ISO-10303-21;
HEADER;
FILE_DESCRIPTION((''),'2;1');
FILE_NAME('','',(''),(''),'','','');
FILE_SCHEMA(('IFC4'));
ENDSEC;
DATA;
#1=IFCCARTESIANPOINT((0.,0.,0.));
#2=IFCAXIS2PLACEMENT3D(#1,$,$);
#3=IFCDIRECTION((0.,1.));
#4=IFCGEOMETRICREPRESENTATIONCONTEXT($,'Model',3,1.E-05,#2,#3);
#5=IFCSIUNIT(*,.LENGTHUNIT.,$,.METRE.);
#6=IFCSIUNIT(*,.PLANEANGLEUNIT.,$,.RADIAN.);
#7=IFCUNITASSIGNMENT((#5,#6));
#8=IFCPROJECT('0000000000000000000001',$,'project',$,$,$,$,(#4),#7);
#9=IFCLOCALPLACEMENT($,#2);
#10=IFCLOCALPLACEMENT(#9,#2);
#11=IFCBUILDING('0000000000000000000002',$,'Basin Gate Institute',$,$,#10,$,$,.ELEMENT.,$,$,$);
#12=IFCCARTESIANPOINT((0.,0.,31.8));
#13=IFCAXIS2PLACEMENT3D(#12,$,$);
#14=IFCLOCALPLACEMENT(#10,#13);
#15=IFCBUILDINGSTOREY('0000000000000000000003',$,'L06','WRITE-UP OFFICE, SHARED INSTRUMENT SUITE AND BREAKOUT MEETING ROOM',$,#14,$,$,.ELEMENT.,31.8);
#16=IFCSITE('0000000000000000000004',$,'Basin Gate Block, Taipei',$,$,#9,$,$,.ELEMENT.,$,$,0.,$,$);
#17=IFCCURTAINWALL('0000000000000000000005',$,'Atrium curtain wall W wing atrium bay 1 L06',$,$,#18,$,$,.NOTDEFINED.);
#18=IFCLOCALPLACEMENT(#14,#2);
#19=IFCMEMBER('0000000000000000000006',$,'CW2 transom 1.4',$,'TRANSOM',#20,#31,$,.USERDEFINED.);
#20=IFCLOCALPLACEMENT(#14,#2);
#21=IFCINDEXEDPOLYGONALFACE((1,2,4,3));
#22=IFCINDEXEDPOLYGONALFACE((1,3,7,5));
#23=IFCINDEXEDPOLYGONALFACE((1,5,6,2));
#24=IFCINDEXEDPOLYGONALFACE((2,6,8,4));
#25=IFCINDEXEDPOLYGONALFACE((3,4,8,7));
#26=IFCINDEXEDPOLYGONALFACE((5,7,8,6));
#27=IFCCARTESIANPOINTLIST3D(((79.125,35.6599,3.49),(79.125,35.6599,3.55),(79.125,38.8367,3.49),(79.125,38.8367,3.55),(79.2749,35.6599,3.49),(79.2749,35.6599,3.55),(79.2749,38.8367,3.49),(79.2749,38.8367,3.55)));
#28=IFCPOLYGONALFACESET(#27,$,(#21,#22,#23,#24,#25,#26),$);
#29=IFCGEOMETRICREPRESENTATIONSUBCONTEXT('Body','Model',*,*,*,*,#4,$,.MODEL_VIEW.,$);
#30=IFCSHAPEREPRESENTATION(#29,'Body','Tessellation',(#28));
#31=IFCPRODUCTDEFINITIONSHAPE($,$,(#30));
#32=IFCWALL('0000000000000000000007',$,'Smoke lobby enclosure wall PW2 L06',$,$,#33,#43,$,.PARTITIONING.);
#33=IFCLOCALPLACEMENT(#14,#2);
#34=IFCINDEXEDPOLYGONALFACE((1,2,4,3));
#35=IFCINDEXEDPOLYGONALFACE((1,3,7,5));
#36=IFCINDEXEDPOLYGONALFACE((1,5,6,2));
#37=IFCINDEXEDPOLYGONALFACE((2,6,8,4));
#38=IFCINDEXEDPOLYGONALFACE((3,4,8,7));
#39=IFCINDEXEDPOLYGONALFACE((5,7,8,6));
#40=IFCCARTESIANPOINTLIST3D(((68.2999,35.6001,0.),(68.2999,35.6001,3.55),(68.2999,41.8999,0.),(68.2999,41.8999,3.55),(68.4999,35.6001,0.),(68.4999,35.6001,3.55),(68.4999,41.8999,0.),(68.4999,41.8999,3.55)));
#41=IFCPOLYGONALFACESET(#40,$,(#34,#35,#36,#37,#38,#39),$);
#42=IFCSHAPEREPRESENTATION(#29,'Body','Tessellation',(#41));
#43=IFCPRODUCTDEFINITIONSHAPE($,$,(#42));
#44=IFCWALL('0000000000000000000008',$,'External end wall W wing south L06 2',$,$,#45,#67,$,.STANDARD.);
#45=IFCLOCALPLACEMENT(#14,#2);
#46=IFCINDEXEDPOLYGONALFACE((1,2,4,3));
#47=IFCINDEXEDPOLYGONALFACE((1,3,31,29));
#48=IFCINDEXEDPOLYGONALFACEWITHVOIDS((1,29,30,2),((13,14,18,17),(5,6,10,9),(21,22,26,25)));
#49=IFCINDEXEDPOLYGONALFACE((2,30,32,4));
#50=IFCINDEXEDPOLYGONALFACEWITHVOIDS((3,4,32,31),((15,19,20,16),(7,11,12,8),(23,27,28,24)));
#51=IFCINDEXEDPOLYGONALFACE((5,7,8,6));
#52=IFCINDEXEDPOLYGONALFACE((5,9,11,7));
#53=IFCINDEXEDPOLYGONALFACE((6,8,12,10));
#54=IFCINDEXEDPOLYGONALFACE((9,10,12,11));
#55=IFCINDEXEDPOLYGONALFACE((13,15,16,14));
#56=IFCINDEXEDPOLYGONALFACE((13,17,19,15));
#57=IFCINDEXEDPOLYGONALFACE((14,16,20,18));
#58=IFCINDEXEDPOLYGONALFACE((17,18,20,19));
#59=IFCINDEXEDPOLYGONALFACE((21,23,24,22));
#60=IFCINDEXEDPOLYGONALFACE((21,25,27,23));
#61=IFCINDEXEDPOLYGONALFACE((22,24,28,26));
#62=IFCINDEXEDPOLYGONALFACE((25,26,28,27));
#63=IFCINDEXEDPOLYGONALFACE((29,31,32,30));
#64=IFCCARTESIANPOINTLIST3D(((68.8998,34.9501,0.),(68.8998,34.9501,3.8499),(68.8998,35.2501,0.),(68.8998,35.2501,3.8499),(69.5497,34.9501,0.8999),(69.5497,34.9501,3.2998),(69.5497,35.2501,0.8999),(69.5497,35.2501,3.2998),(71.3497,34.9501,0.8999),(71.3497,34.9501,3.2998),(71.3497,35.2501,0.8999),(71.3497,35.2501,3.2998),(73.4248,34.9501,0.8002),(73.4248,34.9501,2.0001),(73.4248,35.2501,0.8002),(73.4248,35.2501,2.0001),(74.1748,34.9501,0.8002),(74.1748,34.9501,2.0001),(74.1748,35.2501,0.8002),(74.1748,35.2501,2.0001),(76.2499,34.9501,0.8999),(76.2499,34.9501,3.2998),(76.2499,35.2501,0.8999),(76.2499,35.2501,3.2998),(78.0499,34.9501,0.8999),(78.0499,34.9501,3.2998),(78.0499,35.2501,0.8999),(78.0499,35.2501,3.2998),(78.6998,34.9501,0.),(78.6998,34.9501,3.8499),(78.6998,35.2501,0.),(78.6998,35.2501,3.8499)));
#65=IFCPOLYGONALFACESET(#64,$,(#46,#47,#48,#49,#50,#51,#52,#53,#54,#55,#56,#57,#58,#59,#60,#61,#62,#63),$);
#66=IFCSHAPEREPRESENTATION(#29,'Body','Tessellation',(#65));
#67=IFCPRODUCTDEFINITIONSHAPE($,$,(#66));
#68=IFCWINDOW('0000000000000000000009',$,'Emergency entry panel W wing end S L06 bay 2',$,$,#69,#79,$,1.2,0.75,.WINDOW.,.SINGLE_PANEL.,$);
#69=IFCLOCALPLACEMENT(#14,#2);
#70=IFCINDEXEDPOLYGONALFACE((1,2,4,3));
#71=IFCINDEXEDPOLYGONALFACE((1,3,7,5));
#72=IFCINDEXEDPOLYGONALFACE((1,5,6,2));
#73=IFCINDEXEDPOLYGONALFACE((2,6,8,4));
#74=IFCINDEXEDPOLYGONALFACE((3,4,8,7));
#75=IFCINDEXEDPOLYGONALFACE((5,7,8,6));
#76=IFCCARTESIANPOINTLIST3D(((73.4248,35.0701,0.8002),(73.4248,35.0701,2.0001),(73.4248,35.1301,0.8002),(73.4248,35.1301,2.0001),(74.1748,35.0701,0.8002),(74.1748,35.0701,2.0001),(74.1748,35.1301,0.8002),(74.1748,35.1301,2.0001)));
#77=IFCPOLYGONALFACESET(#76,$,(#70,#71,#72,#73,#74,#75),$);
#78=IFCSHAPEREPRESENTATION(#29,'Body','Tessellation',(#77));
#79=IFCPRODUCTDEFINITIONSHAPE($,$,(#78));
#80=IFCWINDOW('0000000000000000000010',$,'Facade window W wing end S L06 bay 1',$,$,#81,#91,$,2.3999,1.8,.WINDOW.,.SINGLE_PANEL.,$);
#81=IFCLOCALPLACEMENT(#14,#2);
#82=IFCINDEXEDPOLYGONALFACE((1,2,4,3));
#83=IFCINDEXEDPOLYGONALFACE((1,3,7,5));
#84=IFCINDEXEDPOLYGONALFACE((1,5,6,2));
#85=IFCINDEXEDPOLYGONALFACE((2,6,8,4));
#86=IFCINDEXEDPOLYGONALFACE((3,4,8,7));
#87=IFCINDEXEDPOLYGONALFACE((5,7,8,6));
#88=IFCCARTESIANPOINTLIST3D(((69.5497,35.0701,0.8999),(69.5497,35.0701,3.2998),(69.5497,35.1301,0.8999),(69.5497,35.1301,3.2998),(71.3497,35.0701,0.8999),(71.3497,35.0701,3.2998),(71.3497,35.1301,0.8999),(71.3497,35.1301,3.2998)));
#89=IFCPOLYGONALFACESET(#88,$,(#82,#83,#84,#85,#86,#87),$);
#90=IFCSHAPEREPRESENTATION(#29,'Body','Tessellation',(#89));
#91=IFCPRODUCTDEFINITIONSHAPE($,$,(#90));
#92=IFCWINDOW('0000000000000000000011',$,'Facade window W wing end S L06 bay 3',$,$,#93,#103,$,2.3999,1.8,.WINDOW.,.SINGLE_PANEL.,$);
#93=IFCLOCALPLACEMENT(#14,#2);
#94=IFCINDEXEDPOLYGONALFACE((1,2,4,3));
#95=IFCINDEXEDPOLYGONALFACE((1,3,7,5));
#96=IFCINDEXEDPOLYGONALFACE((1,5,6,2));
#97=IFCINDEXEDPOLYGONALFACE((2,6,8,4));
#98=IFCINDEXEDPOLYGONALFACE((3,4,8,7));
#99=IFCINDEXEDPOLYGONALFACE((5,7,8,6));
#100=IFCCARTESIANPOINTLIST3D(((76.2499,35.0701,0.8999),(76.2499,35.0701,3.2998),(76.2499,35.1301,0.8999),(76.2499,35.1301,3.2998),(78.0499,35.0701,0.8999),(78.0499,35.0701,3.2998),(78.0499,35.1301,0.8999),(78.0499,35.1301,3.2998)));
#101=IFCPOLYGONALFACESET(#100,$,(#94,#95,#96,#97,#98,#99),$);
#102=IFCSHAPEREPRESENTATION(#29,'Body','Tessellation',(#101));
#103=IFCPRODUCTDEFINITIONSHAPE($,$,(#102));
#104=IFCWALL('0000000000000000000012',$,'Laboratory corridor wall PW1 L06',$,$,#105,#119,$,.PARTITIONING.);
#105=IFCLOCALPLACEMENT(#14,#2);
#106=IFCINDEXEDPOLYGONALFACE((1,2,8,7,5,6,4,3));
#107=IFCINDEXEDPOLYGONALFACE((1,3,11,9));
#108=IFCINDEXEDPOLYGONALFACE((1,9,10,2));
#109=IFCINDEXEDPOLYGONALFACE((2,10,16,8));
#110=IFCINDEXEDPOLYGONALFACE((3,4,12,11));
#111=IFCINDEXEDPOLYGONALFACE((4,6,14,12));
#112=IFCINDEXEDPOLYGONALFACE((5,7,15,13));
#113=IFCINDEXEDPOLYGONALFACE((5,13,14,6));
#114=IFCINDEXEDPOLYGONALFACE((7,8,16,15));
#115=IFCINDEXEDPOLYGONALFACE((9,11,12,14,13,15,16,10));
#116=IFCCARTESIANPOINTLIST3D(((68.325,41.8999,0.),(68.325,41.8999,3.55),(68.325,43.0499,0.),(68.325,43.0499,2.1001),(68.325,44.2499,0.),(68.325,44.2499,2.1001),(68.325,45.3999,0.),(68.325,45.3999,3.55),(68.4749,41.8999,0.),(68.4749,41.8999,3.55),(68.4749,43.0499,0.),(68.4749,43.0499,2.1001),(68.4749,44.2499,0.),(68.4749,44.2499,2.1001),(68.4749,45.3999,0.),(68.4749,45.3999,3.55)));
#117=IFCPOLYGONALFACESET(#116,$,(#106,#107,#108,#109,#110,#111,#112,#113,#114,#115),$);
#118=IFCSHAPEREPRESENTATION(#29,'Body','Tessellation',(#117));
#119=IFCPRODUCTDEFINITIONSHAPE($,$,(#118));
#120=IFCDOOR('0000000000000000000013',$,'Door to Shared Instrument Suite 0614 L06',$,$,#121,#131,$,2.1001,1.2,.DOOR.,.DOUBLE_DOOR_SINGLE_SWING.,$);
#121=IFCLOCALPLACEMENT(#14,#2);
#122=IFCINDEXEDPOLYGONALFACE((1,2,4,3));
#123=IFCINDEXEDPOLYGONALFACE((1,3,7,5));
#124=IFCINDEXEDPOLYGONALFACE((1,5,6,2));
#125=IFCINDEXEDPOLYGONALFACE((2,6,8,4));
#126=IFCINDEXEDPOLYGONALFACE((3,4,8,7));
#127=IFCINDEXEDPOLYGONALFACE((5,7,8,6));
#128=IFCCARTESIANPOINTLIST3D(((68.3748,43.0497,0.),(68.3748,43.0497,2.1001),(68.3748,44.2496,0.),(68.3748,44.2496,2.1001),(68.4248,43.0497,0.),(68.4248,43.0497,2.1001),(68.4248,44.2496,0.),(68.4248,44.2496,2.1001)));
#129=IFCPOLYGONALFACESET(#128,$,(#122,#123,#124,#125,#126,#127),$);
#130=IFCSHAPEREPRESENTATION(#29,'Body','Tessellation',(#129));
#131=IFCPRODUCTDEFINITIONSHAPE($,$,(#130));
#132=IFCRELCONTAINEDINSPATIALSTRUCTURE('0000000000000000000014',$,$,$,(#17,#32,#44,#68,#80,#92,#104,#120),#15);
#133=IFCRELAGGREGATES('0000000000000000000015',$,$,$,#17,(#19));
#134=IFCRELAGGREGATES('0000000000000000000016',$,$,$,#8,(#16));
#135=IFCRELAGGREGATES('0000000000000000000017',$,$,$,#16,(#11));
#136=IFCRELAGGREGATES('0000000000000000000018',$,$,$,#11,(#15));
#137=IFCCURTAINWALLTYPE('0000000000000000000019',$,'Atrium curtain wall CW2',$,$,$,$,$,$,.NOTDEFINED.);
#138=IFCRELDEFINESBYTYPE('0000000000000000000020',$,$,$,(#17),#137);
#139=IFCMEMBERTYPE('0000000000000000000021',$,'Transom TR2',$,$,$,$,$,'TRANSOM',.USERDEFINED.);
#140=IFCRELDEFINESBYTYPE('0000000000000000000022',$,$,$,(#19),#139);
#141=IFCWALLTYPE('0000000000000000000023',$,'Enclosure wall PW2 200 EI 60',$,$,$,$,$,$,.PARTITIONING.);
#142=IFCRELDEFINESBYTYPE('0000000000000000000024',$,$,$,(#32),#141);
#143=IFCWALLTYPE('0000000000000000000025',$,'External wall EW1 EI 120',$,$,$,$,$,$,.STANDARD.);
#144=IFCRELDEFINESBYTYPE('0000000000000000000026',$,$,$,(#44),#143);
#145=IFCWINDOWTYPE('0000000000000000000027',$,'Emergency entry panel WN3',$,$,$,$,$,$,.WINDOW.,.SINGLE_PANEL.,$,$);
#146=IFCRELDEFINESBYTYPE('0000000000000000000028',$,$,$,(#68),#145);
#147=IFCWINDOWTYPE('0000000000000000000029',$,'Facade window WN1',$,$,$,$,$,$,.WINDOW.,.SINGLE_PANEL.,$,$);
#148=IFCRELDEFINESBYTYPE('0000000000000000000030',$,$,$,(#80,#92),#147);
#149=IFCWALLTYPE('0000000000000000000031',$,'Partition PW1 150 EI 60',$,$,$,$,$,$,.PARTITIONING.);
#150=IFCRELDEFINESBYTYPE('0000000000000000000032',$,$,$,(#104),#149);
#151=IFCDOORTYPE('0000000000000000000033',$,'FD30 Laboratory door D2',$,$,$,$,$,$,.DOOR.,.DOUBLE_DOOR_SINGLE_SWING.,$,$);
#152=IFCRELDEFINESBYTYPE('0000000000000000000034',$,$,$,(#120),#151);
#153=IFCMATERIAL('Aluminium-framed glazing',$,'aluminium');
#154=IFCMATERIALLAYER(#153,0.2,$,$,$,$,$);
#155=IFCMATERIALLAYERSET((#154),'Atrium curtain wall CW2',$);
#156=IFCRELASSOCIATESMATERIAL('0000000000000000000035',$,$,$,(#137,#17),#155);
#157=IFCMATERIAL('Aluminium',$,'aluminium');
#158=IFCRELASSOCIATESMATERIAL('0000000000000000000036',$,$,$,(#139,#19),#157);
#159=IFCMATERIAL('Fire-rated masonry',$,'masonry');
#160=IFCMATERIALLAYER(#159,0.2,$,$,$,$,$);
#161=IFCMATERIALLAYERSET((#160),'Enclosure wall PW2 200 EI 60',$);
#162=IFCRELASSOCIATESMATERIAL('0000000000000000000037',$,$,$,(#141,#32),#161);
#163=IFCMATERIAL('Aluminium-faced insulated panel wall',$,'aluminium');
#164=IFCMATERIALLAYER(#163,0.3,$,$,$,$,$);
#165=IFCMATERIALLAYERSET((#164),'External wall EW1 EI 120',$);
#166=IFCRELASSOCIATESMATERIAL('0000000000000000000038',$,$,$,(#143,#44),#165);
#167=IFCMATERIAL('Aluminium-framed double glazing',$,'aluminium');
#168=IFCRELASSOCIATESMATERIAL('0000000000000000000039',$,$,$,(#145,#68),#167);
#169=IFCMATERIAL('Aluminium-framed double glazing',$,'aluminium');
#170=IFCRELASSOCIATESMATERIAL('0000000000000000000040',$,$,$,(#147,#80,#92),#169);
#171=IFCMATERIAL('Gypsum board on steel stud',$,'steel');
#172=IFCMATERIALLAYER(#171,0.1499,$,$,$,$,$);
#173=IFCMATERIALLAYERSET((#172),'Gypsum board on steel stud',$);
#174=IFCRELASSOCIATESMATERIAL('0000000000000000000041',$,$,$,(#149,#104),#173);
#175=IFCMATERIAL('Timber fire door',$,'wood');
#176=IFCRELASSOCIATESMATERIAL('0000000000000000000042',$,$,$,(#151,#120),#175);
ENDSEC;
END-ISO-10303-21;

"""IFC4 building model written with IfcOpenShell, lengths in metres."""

from ifc_helpers import new_model, si_unit, direction, frame, frame_2d, origin, origin_2d, place, context, subcontext, project, spatial, rectangle, extrude, material, layer, layer_set, material_profile, profile_set, type_object, element, fill, aggregate, save


model = new_model("IFC4")

# Units and contexts
model_context = context("Model", 3, precision=1e-05, world=origin(), true_north=direction((0.0, 1.0)))
body_context = subcontext(model_context, "Body", "Model", "MODEL_VIEW")
ifc_project = project(units=[si_unit("LENGTHUNIT", "METRE"), si_unit("PLANEANGLEUNIT", "RADIAN")], contexts=[model_context])

# Site, building, storey
site_placement = place(None, origin())
site = spatial("IfcSite", under=ifc_project, at=site_placement, Name="Basin Gate Block, Taipei", CompositionType="ELEMENT", RefElevation=0.0)
building_placement = place(site_placement, origin())
building = spatial("IfcBuilding", under=site, at=building_placement, Name="Basin Gate Institute", CompositionType="ELEMENT")
storey_placement = place(building_placement, frame((0.0, 0.0, 31.8)))
storey = spatial("IfcBuildingStorey", under=building, at=storey_placement, Name="L06", Description="WRITE-UP OFFICE, SHARED INSTRUMENT SUITE AND BREAKOUT MEETING ROOM", CompositionType="ELEMENT", Elevation=31.8)

# Curtain wall
ifc_material_1 = material(Name="Aluminium-framed glazing", Category="aluminium")
ifc_layer_1 = layer(ifc_material_1, 0.2)
ifc_layer_set_1 = layer_set([ifc_layer_1], Name="Atrium curtain wall CW2")
curtain_wall_type = type_object("IfcCurtainWallType", Name="Atrium curtain wall CW2", PredefinedType="NOTDEFINED", material=ifc_layer_set_1)
curtain_wall_placement = place(storey_placement, origin())
curtain_wall = element("IfcCurtainWall", 1, at=curtain_wall_placement, inside=storey, type_object=curtain_wall_type, material=ifc_layer_set_1, Name="Atrium curtain wall W wing atrium bay 1 L06", PredefinedType="NOTDEFINED")

# Member
ifc_material_2 = material(Name="Aluminium", Category="aluminium")
ifc_material_profile_1 = material_profile(ifc_material_2, rectangle(XDim=0.1499, YDim=0.0601, at=origin_2d()), Name="Transom TR2 150 x 60")
ifc_profile_set_1 = profile_set([ifc_material_profile_1], Name="Aluminium")
member_type_1 = type_object("IfcMemberType", Name="Transom TR2", ElementType="TRANSOM", PredefinedType="USERDEFINED", material=ifc_profile_set_1)
member_1_placement = place(storey_placement, frame((79.2, 35.6599, 3.52), z_axis=(0.0, 1.0, 0.0), x_axis=(-1.0, 0.0, 0.0)))
member_1 = element("IfcMember", 2, at=member_1_placement, type_object=member_type_1, material=ifc_profile_set_1, Name="CW2 transom 1.4", ObjectType="TRANSOM", PredefinedType="USERDEFINED", context=body_context, shape_type="SweptSolid", body=[
    extrude(rectangle(XDim=0.1499, YDim=0.0601, at=origin_2d()), origin(), (0.0, 0.0, 1.0), 3.1768),
])
aggregate(curtain_wall, [member_1])

# Wall
ifc_material_3 = material(Name="Fire-rated masonry", Category="masonry")
ifc_layer_2 = layer(ifc_material_3, 0.2)
ifc_layer_set_2 = layer_set([ifc_layer_2], Name="Enclosure wall PW2 200 EI 60")
wall_type_1 = type_object("IfcWallType", Name="Enclosure wall PW2 200 EI 60", PredefinedType="PARTITIONING", material=ifc_layer_set_2)
wall_1_placement = place(storey_placement, frame((68.3999, 35.6001, 0.0), z_axis=(0.0, 0.0, 1.0), x_axis=(0.0, 1.0, 0.0)))
element("IfcWall", 3, at=wall_1_placement, inside=storey, type_object=wall_type_1, material=ifc_layer_set_2, Name="Smoke lobby enclosure wall PW2 L06", PredefinedType="PARTITIONING", context=body_context, shape_type="SweptSolid", body=[
    extrude(rectangle(XDim=6.2998, YDim=0.2, at=frame_2d((3.1499, 0.0))), origin(), (0.0, 0.0, 1.0), 3.55),
])

# Wall, openings, windows
ifc_material_4 = material(Name="Aluminium-faced insulated panel wall", Category="aluminium")
ifc_layer_3 = layer(ifc_material_4, 0.3)
ifc_layer_set_3 = layer_set([ifc_layer_3], Name="External wall EW1 EI 120")
wall_type_2 = type_object("IfcWallType", Name="External wall EW1 EI 120", PredefinedType="STANDARD", material=ifc_layer_set_3)
wall_2_placement = place(storey_placement, frame((68.8999, 35.1001, 0.0), z_axis=(0.0, 0.0, 1.0), x_axis=(1.0, 0.0, 0.0)))
wall_2 = element("IfcWall", 4, at=wall_2_placement, inside=storey, type_object=wall_type_2, material=ifc_layer_set_3, Name="External end wall W wing south L06 2", PredefinedType="STANDARD", context=body_context, shape_type="SweptSolid", body=[
    extrude(rectangle(XDim=9.8, YDim=0.3, at=frame_2d((4.8999, 0.0))), origin(), (0.0, 0.0, 1.0), 3.8499),
])
opening_1_placement = place(wall_2_placement, frame((0.6499, 0.0, 0.8999)))
opening_1 = element("IfcOpeningElement", 5, at=opening_1_placement, cuts=wall_2, PredefinedType="OPENING", context=body_context, shape_type="SweptSolid", body=[
    extrude(rectangle(XDim=1.8, YDim=2.3999, at=frame_2d((0.8999, 1.2))), frame((0.0, 0.1602, 0.0), z_axis=(0.0, -1.0, 0.0), x_axis=(1.0, 0.0, 0.0)), (0.0, 0.0, 1.0), 0.3201),
])
opening_2_placement = place(wall_2_placement, frame((4.5249, 0.0, 0.8)))
opening_2 = element("IfcOpeningElement", 6, at=opening_2_placement, cuts=wall_2, PredefinedType="OPENING", context=body_context, shape_type="SweptSolid", body=[
    extrude(rectangle(XDim=0.75, YDim=1.2, at=frame_2d((0.375, 0.6001))), frame((0.0, 0.1602, 0.0), z_axis=(0.0, -1.0, 0.0), x_axis=(1.0, 0.0, 0.0)), (0.0, 0.0, 1.0), 0.3201),
])
opening_3_placement = place(wall_2_placement, frame((7.3501, 0.0, 0.8999)))
opening_3 = element("IfcOpeningElement", 7, at=opening_3_placement, cuts=wall_2, PredefinedType="OPENING", context=body_context, shape_type="SweptSolid", body=[
    extrude(rectangle(XDim=1.8, YDim=2.3999, at=frame_2d((0.8999, 1.2))), frame((0.0, 0.1602, 0.0), z_axis=(0.0, -1.0, 0.0), x_axis=(1.0, 0.0, 0.0)), (0.0, 0.0, 1.0), 0.3201),
])
ifc_material_5 = material(Name="Aluminium-framed double glazing", Category="aluminium")
window_type_1 = type_object("IfcWindowType", Name="Emergency entry panel WN3", PartitioningType="SINGLE_PANEL", PredefinedType="WINDOW", material=ifc_material_5)
window_1_placement = place(opening_2_placement, origin())
window_1 = element("IfcWindow", 8, at=window_1_placement, inside=storey, type_object=window_type_1, material=ifc_material_5, Name="Emergency entry panel W wing end S L06 bay 2", OverallHeight=1.2, OverallWidth=0.75, PartitioningType="SINGLE_PANEL", PredefinedType="WINDOW", context=body_context, shape_type="SweptSolid", body=[
    extrude(rectangle(XDim=0.75, YDim=1.2, at=frame_2d((0.375, 0.6001))), frame((0.0, 0.03, 0.0), z_axis=(0.0, -1.0, 0.0), x_axis=(1.0, 0.0, 0.0)), (0.0, 0.0, 1.0), 0.0601),
])
fill(opening_2, window_1)
ifc_material_6 = material(Name="Aluminium-framed double glazing", Category="aluminium")
window_type_2 = type_object("IfcWindowType", Name="Facade window WN1", PartitioningType="SINGLE_PANEL", PredefinedType="WINDOW", material=ifc_material_6)
window_2_placement = place(opening_1_placement, origin())
window_2 = element("IfcWindow", 9, at=window_2_placement, inside=storey, type_object=window_type_2, material=ifc_material_6, Name="Facade window W wing end S L06 bay 1", OverallHeight=2.3999, OverallWidth=1.8, PartitioningType="SINGLE_PANEL", PredefinedType="WINDOW", context=body_context, shape_type="SweptSolid", body=[
    extrude(rectangle(XDim=1.8, YDim=2.3999, at=frame_2d((0.8999, 1.2))), frame((0.0, 0.03, 0.0), z_axis=(0.0, -1.0, 0.0), x_axis=(1.0, 0.0, 0.0)), (0.0, 0.0, 1.0), 0.0601),
])
fill(opening_1, window_2)
window_3_placement = place(opening_3_placement, origin())
window_3 = element("IfcWindow", 10, at=window_3_placement, inside=storey, type_object=window_type_2, material=ifc_material_6, Name="Facade window W wing end S L06 bay 3", OverallHeight=2.3999, OverallWidth=1.8, PartitioningType="SINGLE_PANEL", PredefinedType="WINDOW", context=body_context, shape_type="SweptSolid", body=[
    extrude(rectangle(XDim=1.8, YDim=2.3999, at=frame_2d((0.8999, 1.2))), frame((0.0, 0.03, 0.0), z_axis=(0.0, -1.0, 0.0), x_axis=(1.0, 0.0, 0.0)), (0.0, 0.0, 1.0), 0.0601),
])
fill(opening_3, window_3)

# Wall, opening, door
ifc_material_7 = material(Name="Gypsum board on steel stud", Category="steel")
ifc_layer_4 = layer(ifc_material_7, 0.1499)
ifc_layer_set_4 = layer_set([ifc_layer_4], Name="Gypsum board on steel stud")
wall_type_3 = type_object("IfcWallType", Name="Partition PW1 150 EI 60", PredefinedType="PARTITIONING", material=ifc_layer_set_4)
wall_3_placement = place(storey_placement, frame((68.3999, 41.8999, 0.0), z_axis=(0.0, 0.0, 1.0), x_axis=(0.0, 1.0, 0.0)))
wall_3 = element("IfcWall", 11, at=wall_3_placement, inside=storey, type_object=wall_type_3, material=ifc_layer_set_4, Name="Laboratory corridor wall PW1 L06", PredefinedType="PARTITIONING", context=body_context, shape_type="SweptSolid", body=[
    extrude(rectangle(XDim=3.5, YDim=0.1499, at=frame_2d((1.75, 0.0))), origin(), (0.0, 0.0, 1.0), 3.55),
])
opening_4_placement = place(wall_3_placement, frame((1.1499, 0.0, 0.0)))
opening_4 = element("IfcOpeningElement", 12, at=opening_4_placement, cuts=wall_3, PredefinedType="OPENING", context=body_context, shape_type="SweptSolid", body=[
    extrude(rectangle(XDim=1.2, YDim=2.1001, at=frame_2d((0.6001, 1.05))), frame((0.0, 0.085, 0.0), z_axis=(0.0, -1.0, 0.0), x_axis=(1.0, 0.0, 0.0)), (0.0, 0.0, 1.0), 0.1699),
])
ifc_material_8 = material(Name="Timber fire door", Category="wood")
door_type = type_object("IfcDoorType", Name="FD30 Laboratory door D2", OperationType="DOUBLE_DOOR_SINGLE_SWING", PredefinedType="DOOR", material=ifc_material_8)
door_placement = place(opening_4_placement, frame((1.2, 0.0, 0.0), z_axis=(0.0, 0.0, 1.0), x_axis=(-1.0, 0.0, 0.0)))
door = element("IfcDoor", 13, at=door_placement, inside=storey, type_object=door_type, material=ifc_material_8, Name="Door to Shared Instrument Suite 0614 L06", OperationType="DOUBLE_DOOR_SINGLE_SWING", OverallHeight=2.1001, OverallWidth=1.2, PredefinedType="DOOR", context=body_context, shape_type="SweptSolid", body=[
    extrude(rectangle(XDim=1.2, YDim=2.1001, at=frame_2d((0.6001, 1.05))), frame((0.0, 0.0249, 0.0), z_axis=(0.0, -1.0, 0.0), x_axis=(1.0, 0.0, 0.0)), (0.0, 0.0, 1.0), 0.05),
])
fill(opening_4, door)

save(model, "model.ifc")
